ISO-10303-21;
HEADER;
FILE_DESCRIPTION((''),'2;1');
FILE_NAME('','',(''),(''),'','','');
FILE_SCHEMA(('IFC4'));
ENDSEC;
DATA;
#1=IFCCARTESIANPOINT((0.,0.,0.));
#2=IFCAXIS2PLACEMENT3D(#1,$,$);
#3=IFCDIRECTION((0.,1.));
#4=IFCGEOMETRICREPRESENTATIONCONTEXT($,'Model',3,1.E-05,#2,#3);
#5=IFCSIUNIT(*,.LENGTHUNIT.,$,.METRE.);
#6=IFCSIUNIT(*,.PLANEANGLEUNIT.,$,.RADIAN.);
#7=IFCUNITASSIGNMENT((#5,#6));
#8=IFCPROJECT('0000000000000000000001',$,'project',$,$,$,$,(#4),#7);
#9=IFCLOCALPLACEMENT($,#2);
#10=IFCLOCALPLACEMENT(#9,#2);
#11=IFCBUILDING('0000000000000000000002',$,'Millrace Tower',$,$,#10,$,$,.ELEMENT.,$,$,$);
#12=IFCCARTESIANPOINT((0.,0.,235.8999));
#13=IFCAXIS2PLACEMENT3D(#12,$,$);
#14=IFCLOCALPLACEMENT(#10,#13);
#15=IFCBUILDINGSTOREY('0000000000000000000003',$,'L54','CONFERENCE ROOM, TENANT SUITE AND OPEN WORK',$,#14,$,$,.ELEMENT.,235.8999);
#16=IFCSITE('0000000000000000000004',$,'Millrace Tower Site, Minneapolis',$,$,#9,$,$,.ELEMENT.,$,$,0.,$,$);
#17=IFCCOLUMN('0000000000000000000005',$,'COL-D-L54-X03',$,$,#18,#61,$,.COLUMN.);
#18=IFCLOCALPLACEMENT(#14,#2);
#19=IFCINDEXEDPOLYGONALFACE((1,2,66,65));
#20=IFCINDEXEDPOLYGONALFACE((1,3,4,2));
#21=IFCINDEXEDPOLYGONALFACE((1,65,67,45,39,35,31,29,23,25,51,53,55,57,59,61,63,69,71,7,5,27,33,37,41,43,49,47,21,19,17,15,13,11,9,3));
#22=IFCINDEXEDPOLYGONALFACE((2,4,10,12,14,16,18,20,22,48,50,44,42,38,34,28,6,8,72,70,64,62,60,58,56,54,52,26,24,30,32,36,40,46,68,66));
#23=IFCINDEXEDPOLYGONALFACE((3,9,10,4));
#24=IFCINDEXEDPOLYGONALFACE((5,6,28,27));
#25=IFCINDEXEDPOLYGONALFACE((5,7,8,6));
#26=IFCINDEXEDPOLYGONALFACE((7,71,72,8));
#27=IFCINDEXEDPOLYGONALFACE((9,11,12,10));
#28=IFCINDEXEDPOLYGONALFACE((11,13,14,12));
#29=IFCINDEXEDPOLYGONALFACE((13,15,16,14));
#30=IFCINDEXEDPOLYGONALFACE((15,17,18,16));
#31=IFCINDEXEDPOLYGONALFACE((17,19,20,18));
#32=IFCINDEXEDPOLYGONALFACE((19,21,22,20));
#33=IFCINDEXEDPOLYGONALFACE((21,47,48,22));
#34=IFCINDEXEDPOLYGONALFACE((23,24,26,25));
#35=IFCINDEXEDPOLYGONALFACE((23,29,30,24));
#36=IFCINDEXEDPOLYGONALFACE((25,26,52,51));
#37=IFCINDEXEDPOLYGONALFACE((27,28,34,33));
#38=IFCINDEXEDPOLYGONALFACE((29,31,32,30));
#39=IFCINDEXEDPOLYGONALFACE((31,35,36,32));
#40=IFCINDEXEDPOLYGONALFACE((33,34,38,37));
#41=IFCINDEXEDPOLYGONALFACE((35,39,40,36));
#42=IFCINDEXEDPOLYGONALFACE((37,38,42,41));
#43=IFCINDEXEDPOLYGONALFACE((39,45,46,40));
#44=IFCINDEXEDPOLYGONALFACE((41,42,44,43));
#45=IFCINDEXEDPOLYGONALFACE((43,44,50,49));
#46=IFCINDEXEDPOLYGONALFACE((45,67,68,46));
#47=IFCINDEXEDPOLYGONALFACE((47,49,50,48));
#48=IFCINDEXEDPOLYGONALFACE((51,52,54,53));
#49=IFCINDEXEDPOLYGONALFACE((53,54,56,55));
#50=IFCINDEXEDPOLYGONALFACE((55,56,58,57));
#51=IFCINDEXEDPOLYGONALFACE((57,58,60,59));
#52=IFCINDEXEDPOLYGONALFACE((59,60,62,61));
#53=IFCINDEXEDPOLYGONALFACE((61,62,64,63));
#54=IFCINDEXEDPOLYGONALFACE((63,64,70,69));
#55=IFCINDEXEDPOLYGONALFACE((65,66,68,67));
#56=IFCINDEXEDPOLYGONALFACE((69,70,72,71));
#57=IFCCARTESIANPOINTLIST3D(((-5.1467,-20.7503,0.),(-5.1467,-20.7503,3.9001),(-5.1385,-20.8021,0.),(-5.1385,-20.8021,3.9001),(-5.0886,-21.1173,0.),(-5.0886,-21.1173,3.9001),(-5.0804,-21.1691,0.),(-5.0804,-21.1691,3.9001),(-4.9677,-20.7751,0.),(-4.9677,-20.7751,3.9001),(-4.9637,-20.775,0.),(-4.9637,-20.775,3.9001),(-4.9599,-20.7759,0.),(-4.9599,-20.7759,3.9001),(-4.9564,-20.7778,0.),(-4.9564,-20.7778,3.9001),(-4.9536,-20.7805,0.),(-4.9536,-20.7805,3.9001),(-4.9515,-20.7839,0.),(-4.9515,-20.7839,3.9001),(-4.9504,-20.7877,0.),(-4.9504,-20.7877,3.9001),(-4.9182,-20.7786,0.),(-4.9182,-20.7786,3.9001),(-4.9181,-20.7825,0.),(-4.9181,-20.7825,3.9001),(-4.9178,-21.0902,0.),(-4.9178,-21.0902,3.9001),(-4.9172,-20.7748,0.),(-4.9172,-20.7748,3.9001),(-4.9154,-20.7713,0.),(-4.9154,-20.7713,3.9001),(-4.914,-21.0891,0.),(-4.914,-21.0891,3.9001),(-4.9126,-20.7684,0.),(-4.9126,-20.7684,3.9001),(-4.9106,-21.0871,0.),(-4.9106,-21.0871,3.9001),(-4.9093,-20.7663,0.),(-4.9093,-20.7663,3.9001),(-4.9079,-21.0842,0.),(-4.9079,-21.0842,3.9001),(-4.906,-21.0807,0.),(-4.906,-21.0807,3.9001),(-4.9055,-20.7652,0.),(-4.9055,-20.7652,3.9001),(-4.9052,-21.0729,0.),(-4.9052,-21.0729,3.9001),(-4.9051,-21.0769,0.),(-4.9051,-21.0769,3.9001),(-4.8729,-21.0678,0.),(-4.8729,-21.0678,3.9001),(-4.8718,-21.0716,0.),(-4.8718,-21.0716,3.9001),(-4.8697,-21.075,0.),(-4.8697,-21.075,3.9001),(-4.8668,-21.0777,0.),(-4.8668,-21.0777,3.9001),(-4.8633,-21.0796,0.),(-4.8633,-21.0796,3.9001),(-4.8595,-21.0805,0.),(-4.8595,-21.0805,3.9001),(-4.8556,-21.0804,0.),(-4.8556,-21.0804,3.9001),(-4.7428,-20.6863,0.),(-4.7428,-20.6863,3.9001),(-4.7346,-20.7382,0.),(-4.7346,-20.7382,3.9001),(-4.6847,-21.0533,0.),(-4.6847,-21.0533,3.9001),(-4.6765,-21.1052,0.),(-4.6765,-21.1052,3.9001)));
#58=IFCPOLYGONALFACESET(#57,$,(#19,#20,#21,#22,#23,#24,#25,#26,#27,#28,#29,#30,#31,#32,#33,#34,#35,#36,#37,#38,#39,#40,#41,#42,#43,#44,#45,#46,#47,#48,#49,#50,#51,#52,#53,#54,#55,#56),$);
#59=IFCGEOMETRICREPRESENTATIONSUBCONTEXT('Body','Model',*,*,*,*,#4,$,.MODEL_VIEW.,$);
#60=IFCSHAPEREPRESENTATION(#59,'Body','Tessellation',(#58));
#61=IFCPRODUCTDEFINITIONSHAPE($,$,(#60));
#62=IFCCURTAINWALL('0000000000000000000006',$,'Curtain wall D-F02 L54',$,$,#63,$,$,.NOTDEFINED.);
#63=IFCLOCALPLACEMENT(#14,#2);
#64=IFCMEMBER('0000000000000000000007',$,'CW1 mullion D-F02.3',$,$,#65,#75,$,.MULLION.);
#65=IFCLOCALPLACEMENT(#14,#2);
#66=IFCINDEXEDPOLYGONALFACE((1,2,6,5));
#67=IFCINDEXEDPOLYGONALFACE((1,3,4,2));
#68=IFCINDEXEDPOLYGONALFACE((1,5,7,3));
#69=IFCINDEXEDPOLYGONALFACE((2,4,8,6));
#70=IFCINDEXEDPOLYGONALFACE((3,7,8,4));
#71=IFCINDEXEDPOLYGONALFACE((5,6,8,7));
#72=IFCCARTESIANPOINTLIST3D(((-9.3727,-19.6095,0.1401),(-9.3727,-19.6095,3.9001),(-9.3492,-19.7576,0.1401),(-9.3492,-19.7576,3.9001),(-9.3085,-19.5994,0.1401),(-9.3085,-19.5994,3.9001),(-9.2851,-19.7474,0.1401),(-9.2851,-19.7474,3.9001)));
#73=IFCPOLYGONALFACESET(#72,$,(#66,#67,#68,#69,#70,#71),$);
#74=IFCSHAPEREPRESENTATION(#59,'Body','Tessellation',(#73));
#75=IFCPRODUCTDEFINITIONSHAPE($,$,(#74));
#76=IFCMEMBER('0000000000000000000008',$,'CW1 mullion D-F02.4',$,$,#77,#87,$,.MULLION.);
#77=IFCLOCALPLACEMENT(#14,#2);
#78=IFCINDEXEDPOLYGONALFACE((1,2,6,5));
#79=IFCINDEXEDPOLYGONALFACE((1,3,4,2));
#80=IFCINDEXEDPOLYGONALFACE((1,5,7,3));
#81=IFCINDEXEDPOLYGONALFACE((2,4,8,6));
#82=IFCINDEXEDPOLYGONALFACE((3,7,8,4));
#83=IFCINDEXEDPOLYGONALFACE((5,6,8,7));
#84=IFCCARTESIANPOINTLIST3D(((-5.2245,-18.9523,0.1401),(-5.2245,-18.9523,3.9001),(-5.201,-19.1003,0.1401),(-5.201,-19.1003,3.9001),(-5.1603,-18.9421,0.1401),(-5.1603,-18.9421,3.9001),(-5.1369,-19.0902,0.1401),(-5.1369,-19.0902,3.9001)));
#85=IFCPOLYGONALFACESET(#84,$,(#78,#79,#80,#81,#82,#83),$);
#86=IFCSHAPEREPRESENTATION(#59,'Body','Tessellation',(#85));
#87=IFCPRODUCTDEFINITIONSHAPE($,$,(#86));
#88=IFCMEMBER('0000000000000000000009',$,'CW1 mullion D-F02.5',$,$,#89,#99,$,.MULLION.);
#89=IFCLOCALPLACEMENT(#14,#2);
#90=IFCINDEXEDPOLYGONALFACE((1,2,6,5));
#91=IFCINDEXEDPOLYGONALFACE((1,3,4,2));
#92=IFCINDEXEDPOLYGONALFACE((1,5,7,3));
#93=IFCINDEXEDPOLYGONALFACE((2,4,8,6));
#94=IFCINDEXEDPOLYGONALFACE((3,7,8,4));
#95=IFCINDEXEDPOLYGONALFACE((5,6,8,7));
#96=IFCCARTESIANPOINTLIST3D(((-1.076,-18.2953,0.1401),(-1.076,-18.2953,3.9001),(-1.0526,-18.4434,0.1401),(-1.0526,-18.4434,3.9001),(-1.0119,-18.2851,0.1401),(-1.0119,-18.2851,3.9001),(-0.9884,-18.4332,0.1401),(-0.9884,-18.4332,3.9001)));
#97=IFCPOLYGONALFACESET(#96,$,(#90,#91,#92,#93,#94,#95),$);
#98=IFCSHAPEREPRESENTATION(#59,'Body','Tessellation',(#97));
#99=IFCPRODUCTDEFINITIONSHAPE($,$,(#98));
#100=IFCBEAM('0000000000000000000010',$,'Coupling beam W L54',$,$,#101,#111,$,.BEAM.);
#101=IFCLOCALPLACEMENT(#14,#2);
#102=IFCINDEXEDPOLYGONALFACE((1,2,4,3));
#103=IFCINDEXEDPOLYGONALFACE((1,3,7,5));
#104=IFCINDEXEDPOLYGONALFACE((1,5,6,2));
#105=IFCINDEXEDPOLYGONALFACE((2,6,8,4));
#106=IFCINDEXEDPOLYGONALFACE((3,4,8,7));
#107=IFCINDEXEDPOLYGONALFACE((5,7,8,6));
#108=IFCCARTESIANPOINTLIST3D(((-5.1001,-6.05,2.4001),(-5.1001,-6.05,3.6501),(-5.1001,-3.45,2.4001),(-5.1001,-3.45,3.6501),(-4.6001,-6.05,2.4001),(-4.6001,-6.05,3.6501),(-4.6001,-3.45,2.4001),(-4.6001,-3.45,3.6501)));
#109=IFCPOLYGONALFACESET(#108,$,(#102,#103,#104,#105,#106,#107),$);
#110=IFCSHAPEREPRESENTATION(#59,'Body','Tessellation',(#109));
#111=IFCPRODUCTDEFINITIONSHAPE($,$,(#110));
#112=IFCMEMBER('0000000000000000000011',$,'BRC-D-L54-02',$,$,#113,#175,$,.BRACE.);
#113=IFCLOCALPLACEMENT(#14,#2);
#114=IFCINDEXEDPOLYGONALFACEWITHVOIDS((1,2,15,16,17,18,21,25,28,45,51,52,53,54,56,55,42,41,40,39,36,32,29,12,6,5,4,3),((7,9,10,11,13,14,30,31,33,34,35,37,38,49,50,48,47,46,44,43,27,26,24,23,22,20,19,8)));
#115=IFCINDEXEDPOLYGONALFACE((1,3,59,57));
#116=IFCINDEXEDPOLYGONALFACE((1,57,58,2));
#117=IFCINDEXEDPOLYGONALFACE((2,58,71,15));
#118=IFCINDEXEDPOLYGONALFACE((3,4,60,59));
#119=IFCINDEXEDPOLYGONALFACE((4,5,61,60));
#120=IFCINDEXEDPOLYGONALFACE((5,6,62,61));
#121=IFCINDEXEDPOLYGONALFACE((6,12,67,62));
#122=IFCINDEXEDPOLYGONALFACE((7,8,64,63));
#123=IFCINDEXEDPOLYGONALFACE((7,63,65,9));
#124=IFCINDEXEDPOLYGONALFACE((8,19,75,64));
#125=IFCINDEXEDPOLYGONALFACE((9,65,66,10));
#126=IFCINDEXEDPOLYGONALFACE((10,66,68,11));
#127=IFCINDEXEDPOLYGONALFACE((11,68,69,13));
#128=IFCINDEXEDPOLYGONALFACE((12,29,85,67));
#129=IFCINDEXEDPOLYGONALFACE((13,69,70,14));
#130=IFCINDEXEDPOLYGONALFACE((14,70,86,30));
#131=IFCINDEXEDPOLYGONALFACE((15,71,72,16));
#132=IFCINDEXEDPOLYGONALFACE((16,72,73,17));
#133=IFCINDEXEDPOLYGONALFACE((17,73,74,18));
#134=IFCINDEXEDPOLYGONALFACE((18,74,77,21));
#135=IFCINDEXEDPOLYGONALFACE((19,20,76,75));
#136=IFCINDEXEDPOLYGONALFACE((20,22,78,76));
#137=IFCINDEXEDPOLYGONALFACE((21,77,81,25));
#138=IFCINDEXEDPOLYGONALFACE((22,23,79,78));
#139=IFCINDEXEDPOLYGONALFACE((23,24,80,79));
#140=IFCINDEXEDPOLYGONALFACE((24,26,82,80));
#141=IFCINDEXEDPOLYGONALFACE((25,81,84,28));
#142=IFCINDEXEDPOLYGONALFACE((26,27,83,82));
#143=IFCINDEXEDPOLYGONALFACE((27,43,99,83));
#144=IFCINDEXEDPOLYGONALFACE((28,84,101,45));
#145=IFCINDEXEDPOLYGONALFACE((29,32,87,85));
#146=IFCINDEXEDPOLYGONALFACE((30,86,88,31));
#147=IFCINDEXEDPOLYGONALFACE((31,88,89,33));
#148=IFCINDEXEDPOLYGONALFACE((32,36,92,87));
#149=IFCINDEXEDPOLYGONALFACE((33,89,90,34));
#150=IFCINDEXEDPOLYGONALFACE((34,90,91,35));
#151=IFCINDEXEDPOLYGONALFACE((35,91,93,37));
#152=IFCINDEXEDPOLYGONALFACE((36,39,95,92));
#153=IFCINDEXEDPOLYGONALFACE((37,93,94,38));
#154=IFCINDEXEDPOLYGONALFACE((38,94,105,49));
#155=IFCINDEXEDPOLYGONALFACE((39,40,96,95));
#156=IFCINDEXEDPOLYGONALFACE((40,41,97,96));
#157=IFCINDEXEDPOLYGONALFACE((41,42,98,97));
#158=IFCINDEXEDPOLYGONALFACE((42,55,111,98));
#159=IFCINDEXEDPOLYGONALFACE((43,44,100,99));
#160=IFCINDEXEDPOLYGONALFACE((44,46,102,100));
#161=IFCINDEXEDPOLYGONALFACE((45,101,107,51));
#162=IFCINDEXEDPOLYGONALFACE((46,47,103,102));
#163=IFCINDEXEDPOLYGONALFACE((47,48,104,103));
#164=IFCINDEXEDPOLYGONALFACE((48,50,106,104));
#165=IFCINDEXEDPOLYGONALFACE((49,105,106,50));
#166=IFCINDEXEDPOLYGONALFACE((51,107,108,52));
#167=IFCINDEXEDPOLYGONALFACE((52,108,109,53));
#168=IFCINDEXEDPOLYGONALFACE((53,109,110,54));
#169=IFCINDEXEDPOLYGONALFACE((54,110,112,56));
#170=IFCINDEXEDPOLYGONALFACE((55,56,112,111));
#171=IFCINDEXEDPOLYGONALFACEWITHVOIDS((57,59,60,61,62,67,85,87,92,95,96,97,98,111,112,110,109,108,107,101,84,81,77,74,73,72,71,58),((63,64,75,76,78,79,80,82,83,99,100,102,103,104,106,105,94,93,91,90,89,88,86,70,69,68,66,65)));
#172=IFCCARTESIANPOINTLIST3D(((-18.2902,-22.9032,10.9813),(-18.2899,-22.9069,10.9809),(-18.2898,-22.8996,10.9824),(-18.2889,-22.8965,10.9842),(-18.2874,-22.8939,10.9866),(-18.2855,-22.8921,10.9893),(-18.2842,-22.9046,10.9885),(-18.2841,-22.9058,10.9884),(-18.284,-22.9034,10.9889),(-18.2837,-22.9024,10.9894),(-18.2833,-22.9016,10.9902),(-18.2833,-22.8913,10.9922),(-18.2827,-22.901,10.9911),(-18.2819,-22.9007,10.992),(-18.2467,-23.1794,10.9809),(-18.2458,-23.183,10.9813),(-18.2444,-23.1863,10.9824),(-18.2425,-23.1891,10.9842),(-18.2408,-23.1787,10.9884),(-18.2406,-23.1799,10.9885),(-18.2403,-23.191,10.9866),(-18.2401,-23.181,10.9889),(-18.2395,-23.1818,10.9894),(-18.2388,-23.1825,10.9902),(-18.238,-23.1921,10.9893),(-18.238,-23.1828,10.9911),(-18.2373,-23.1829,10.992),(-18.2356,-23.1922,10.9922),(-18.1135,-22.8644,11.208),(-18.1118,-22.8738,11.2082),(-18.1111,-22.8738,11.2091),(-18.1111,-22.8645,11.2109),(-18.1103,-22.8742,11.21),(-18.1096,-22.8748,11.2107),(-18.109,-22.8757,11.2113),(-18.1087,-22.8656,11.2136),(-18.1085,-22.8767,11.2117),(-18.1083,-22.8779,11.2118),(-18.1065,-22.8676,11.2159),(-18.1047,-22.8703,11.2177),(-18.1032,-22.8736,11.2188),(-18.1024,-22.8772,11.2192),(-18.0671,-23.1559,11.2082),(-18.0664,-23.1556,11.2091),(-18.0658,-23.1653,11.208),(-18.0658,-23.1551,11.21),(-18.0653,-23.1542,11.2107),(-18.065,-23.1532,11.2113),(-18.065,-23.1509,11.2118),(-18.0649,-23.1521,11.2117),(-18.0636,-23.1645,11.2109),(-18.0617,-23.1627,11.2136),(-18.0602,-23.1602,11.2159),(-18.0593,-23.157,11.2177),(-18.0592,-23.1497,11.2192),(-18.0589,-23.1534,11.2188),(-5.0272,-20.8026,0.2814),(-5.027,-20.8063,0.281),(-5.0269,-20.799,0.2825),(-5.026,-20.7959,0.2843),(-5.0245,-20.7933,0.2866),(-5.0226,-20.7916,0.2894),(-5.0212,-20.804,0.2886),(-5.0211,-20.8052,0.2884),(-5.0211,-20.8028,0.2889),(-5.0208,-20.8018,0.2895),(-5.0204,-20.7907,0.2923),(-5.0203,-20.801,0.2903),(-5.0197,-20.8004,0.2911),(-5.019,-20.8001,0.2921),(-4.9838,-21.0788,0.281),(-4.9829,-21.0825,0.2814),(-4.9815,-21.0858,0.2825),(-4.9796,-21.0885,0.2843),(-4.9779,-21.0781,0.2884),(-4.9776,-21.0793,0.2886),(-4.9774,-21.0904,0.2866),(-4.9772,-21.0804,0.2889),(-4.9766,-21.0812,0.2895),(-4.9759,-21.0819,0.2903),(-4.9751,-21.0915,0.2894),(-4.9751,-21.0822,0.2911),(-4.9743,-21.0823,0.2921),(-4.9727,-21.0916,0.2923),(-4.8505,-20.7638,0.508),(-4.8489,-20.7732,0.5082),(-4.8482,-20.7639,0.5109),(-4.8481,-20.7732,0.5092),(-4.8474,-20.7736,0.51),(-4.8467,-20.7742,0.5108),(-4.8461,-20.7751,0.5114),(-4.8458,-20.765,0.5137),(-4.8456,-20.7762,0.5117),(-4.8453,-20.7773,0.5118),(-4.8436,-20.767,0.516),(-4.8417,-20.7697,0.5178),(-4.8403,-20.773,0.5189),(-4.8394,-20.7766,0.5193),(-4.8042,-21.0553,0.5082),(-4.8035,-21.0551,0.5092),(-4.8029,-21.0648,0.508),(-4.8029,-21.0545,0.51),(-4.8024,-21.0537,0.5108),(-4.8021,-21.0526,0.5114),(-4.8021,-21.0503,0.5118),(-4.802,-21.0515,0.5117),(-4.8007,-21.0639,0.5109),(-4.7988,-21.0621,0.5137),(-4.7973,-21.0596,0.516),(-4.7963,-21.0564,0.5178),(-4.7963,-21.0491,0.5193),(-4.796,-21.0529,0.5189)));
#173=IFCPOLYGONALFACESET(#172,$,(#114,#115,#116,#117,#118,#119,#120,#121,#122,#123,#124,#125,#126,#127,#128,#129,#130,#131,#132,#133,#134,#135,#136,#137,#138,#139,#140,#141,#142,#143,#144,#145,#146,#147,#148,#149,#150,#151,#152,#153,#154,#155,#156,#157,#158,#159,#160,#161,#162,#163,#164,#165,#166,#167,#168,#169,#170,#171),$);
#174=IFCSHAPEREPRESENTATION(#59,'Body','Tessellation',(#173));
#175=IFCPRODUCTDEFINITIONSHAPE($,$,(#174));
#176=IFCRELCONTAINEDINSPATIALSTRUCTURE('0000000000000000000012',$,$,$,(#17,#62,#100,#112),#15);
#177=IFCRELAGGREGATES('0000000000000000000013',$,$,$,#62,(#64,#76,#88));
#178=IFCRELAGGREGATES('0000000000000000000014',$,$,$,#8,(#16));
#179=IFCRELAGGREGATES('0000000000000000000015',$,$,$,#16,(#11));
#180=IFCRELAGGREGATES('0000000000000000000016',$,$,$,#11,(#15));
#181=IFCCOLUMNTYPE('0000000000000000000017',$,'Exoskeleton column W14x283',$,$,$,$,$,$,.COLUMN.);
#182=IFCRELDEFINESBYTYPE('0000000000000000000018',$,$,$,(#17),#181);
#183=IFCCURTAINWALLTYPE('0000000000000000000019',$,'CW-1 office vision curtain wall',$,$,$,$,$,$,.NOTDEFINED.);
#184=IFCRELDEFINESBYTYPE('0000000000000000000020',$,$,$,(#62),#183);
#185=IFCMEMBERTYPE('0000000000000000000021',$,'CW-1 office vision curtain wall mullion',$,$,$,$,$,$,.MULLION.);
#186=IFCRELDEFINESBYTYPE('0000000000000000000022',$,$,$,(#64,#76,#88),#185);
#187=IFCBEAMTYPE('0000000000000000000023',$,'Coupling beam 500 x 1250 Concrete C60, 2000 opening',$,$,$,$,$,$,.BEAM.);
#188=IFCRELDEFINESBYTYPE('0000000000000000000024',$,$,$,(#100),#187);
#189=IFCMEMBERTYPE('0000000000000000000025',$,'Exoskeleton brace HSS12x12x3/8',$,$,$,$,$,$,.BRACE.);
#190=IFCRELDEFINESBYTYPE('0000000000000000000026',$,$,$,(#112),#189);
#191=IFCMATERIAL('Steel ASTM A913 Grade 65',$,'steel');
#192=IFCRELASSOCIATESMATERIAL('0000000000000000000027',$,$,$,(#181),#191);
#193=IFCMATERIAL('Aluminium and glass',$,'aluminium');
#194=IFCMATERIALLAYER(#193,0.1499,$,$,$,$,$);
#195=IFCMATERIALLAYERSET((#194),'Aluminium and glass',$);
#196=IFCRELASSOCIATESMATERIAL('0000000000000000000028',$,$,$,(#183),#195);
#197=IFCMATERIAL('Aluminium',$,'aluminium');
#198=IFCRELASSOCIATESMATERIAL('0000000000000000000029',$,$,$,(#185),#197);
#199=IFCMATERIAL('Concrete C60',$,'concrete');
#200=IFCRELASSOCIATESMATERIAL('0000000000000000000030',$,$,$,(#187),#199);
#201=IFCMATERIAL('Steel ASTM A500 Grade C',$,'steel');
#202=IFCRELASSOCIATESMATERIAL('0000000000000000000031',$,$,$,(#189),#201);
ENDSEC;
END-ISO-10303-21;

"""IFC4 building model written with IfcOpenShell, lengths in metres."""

from ifc_helpers import new_model, si_unit, direction, frame, origin, origin_2d, place, context, subcontext, project, spatial, rectangle, hollow_rectangle, i_section, extrude, material, layer, layer_set, material_profile, profile_set, type_object, element, aggregate, save


model = new_model("IFC4")

# Units and contexts
model_context = context("Model", 3, precision=1e-05, world=origin(), true_north=direction((0.0, 1.0)))
body_context = subcontext(model_context, "Body", "Model", "MODEL_VIEW")
ifc_project = project(units=[si_unit("LENGTHUNIT", "METRE"), si_unit("PLANEANGLEUNIT", "RADIAN")], contexts=[model_context])

# Site, building, storey
site_placement = place(None, origin())
site = spatial("IfcSite", under=ifc_project, at=site_placement, Name="Millrace Tower Site, Minneapolis", CompositionType="ELEMENT", RefElevation=0.0)
building_placement = place(site_placement, origin())
building = spatial("IfcBuilding", under=site, at=building_placement, Name="Millrace Tower", CompositionType="ELEMENT")
storey_placement = place(building_placement, frame((0.0, 0.0, 235.8999)))
storey = spatial("IfcBuildingStorey", under=building, at=storey_placement, Name="L54", Description="CONFERENCE ROOM, TENANT SUITE AND OPEN WORK", CompositionType="ELEMENT", Elevation=235.8999)

# Column
ifc_material_1 = material(Name="Steel ASTM A913 Grade 65", Category="steel")
ifc_material_profile_1 = material_profile(ifc_material_1, i_section(OverallWidth=0.4089, OverallDepth=0.4241, WebThickness=0.0327, FlangeThickness=0.0525, FilletRadius=0.0151, at=origin_2d()))
ifc_profile_set_1 = profile_set([ifc_material_profile_1], Name="Steel ASTM A913 Grade 65")
column_type = type_object("IfcColumnType", Name="Exoskeleton column W14x283", PredefinedType="COLUMN", material=ifc_profile_set_1)
column_placement = place(storey_placement, frame((-4.9116, -20.9277, 0.0), z_axis=(0.0, 0.0, 1.0), x_axis=(0.987688, 0.156434, 0.0)))
element("IfcColumn", 1, at=column_placement, inside=storey, type_object=column_type, Name="COL-D-L54-X03", PredefinedType="COLUMN", context=body_context, shape_type="SweptSolid", body=[
    extrude(i_section(OverallWidth=0.4089, OverallDepth=0.4241, WebThickness=0.0327, FlangeThickness=0.0525, FilletRadius=0.0151, at=origin_2d()), origin(), (0.0, 0.0, 1.0), 3.9001),
])

# Curtain wall, members
ifc_material_2 = material(Name="Aluminium and glass", Category="aluminium")
ifc_layer_1 = layer(ifc_material_2, 0.1499)
ifc_layer_set_1 = layer_set([ifc_layer_1], Name="Aluminium and glass")
curtain_wall_type = type_object("IfcCurtainWallType", Name="CW-1 office vision curtain wall", PredefinedType="NOTDEFINED", material=ifc_layer_set_1)
curtain_wall_placement = place(storey_placement, origin())
curtain_wall = element("IfcCurtainWall", 2, at=curtain_wall_placement, inside=storey, type_object=curtain_wall_type, Name="Curtain wall D-F02 L54", PredefinedType="NOTDEFINED")
ifc_material_3 = material(Name="Aluminium", Category="aluminium")
ifc_material_profile_2 = material_profile(ifc_material_3, rectangle(XDim=0.0649, YDim=0.1499, at=origin_2d()))
ifc_profile_set_2 = profile_set([ifc_material_profile_2], Name="Aluminium")
member_type_1 = type_object("IfcMemberType", Name="CW-1 office vision curtain wall mullion", PredefinedType="MULLION", material=ifc_profile_set_2)
member_1_placement = place(storey_placement, frame((-9.3289, -19.6785, 0.1401), z_axis=(0.0, 0.0, 1.0), x_axis=(0.987688, 0.156434, 0.0)))
member_1 = element("IfcMember", 3, at=member_1_placement, type_object=member_type_1, Name="CW1 mullion D-F02.3", PredefinedType="MULLION", context=body_context, shape_type="SweptSolid", body=[
    extrude(rectangle(XDim=0.0649, YDim=0.1499, at=origin_2d()), origin(), (0.0, 0.0, 1.0), 3.76),
])
member_2_placement = place(storey_placement, frame((-5.1807, -19.0212, 0.1401), z_axis=(0.0, 0.0, 1.0), x_axis=(0.987688, 0.156434, 0.0)))
member_2 = element("IfcMember", 4, at=member_2_placement, type_object=member_type_1, Name="CW1 mullion D-F02.4", PredefinedType="MULLION", context=body_context, shape_type="SweptSolid", body=[
    extrude(rectangle(XDim=0.0649, YDim=0.1499, at=origin_2d()), origin(), (0.0, 0.0, 1.0), 3.76),
])
member_3_placement = place(storey_placement, frame((-1.0322, -18.3643, 0.1401), z_axis=(0.0, 0.0, 1.0), x_axis=(0.987688, 0.156434, 0.0)))
member_3 = element("IfcMember", 5, at=member_3_placement, type_object=member_type_1, Name="CW1 mullion D-F02.5", PredefinedType="MULLION", context=body_context, shape_type="SweptSolid", body=[
    extrude(rectangle(XDim=0.0649, YDim=0.1499, at=origin_2d()), origin(), (0.0, 0.0, 1.0), 3.76),
])
aggregate(curtain_wall, [member_1, member_2, member_3])

# Beam
ifc_material_4 = material(Name="Concrete C60", Category="concrete")
ifc_material_profile_3 = material_profile(ifc_material_4, rectangle(XDim=0.5, YDim=1.25, at=origin_2d()))
ifc_profile_set_3 = profile_set([ifc_material_profile_3], Name="Concrete C60")
beam_type_1 = type_object("IfcBeamType", Name="Coupling beam 500 x 1250 Concrete C60, 2000 opening", PredefinedType="BEAM", material=ifc_profile_set_3)
beam_1_placement = place(storey_placement, frame((-4.8501, -6.05, 3.0251), z_axis=(0.0, 1.0, 0.0), x_axis=(-1.0, 0.0, 0.0)))
element("IfcBeam", 6, at=beam_1_placement, inside=storey, type_object=beam_type_1, Name="Coupling beam W L54", PredefinedType="BEAM", context=body_context, shape_type="SweptSolid", body=[
    extrude(rectangle(XDim=0.5, YDim=1.25, at=origin_2d()), origin(), (0.0, 0.0, 1.0), 2.6001),
])

# Member
ifc_material_5 = material(Name="Steel ASTM A500 Grade C", Category="steel")
ifc_material_profile_4 = material_profile(ifc_material_5, hollow_rectangle(XDim=0.3047, YDim=0.3047, WallThickness=0.0095, InnerFilletRadius=0.0046, OuterFilletRadius=0.0144, at=origin_2d()))
ifc_profile_set_4 = profile_set([ifc_material_profile_4], Name="Steel ASTM A500 Grade C")
member_type_2 = type_object("IfcMemberType", Name="Exoskeleton brace HSS12x12x3/8", PredefinedType="BRACE", material=ifc_profile_set_4)
member_4_placement = place(storey_placement, frame((-4.9116, -20.9277, 0.4001), z_axis=(-0.772451, -0.122341, 0.623179), x_axis=(0.15643, -0.987689, 0.0)))
element("IfcMember", 7, at=member_4_placement, inside=storey, type_object=member_type_2, Name="BRC-D-L54-02", PredefinedType="BRACE", context=body_context, shape_type="SweptSolid", body=[
    extrude(hollow_rectangle(XDim=0.3047, YDim=0.3047, WallThickness=0.0095, InnerFilletRadius=0.0046, OuterFilletRadius=0.0144, at=origin_2d()), origin(), (0.0, 0.0, 1.0), 17.1699),
])

save(model, "model.ifc")
